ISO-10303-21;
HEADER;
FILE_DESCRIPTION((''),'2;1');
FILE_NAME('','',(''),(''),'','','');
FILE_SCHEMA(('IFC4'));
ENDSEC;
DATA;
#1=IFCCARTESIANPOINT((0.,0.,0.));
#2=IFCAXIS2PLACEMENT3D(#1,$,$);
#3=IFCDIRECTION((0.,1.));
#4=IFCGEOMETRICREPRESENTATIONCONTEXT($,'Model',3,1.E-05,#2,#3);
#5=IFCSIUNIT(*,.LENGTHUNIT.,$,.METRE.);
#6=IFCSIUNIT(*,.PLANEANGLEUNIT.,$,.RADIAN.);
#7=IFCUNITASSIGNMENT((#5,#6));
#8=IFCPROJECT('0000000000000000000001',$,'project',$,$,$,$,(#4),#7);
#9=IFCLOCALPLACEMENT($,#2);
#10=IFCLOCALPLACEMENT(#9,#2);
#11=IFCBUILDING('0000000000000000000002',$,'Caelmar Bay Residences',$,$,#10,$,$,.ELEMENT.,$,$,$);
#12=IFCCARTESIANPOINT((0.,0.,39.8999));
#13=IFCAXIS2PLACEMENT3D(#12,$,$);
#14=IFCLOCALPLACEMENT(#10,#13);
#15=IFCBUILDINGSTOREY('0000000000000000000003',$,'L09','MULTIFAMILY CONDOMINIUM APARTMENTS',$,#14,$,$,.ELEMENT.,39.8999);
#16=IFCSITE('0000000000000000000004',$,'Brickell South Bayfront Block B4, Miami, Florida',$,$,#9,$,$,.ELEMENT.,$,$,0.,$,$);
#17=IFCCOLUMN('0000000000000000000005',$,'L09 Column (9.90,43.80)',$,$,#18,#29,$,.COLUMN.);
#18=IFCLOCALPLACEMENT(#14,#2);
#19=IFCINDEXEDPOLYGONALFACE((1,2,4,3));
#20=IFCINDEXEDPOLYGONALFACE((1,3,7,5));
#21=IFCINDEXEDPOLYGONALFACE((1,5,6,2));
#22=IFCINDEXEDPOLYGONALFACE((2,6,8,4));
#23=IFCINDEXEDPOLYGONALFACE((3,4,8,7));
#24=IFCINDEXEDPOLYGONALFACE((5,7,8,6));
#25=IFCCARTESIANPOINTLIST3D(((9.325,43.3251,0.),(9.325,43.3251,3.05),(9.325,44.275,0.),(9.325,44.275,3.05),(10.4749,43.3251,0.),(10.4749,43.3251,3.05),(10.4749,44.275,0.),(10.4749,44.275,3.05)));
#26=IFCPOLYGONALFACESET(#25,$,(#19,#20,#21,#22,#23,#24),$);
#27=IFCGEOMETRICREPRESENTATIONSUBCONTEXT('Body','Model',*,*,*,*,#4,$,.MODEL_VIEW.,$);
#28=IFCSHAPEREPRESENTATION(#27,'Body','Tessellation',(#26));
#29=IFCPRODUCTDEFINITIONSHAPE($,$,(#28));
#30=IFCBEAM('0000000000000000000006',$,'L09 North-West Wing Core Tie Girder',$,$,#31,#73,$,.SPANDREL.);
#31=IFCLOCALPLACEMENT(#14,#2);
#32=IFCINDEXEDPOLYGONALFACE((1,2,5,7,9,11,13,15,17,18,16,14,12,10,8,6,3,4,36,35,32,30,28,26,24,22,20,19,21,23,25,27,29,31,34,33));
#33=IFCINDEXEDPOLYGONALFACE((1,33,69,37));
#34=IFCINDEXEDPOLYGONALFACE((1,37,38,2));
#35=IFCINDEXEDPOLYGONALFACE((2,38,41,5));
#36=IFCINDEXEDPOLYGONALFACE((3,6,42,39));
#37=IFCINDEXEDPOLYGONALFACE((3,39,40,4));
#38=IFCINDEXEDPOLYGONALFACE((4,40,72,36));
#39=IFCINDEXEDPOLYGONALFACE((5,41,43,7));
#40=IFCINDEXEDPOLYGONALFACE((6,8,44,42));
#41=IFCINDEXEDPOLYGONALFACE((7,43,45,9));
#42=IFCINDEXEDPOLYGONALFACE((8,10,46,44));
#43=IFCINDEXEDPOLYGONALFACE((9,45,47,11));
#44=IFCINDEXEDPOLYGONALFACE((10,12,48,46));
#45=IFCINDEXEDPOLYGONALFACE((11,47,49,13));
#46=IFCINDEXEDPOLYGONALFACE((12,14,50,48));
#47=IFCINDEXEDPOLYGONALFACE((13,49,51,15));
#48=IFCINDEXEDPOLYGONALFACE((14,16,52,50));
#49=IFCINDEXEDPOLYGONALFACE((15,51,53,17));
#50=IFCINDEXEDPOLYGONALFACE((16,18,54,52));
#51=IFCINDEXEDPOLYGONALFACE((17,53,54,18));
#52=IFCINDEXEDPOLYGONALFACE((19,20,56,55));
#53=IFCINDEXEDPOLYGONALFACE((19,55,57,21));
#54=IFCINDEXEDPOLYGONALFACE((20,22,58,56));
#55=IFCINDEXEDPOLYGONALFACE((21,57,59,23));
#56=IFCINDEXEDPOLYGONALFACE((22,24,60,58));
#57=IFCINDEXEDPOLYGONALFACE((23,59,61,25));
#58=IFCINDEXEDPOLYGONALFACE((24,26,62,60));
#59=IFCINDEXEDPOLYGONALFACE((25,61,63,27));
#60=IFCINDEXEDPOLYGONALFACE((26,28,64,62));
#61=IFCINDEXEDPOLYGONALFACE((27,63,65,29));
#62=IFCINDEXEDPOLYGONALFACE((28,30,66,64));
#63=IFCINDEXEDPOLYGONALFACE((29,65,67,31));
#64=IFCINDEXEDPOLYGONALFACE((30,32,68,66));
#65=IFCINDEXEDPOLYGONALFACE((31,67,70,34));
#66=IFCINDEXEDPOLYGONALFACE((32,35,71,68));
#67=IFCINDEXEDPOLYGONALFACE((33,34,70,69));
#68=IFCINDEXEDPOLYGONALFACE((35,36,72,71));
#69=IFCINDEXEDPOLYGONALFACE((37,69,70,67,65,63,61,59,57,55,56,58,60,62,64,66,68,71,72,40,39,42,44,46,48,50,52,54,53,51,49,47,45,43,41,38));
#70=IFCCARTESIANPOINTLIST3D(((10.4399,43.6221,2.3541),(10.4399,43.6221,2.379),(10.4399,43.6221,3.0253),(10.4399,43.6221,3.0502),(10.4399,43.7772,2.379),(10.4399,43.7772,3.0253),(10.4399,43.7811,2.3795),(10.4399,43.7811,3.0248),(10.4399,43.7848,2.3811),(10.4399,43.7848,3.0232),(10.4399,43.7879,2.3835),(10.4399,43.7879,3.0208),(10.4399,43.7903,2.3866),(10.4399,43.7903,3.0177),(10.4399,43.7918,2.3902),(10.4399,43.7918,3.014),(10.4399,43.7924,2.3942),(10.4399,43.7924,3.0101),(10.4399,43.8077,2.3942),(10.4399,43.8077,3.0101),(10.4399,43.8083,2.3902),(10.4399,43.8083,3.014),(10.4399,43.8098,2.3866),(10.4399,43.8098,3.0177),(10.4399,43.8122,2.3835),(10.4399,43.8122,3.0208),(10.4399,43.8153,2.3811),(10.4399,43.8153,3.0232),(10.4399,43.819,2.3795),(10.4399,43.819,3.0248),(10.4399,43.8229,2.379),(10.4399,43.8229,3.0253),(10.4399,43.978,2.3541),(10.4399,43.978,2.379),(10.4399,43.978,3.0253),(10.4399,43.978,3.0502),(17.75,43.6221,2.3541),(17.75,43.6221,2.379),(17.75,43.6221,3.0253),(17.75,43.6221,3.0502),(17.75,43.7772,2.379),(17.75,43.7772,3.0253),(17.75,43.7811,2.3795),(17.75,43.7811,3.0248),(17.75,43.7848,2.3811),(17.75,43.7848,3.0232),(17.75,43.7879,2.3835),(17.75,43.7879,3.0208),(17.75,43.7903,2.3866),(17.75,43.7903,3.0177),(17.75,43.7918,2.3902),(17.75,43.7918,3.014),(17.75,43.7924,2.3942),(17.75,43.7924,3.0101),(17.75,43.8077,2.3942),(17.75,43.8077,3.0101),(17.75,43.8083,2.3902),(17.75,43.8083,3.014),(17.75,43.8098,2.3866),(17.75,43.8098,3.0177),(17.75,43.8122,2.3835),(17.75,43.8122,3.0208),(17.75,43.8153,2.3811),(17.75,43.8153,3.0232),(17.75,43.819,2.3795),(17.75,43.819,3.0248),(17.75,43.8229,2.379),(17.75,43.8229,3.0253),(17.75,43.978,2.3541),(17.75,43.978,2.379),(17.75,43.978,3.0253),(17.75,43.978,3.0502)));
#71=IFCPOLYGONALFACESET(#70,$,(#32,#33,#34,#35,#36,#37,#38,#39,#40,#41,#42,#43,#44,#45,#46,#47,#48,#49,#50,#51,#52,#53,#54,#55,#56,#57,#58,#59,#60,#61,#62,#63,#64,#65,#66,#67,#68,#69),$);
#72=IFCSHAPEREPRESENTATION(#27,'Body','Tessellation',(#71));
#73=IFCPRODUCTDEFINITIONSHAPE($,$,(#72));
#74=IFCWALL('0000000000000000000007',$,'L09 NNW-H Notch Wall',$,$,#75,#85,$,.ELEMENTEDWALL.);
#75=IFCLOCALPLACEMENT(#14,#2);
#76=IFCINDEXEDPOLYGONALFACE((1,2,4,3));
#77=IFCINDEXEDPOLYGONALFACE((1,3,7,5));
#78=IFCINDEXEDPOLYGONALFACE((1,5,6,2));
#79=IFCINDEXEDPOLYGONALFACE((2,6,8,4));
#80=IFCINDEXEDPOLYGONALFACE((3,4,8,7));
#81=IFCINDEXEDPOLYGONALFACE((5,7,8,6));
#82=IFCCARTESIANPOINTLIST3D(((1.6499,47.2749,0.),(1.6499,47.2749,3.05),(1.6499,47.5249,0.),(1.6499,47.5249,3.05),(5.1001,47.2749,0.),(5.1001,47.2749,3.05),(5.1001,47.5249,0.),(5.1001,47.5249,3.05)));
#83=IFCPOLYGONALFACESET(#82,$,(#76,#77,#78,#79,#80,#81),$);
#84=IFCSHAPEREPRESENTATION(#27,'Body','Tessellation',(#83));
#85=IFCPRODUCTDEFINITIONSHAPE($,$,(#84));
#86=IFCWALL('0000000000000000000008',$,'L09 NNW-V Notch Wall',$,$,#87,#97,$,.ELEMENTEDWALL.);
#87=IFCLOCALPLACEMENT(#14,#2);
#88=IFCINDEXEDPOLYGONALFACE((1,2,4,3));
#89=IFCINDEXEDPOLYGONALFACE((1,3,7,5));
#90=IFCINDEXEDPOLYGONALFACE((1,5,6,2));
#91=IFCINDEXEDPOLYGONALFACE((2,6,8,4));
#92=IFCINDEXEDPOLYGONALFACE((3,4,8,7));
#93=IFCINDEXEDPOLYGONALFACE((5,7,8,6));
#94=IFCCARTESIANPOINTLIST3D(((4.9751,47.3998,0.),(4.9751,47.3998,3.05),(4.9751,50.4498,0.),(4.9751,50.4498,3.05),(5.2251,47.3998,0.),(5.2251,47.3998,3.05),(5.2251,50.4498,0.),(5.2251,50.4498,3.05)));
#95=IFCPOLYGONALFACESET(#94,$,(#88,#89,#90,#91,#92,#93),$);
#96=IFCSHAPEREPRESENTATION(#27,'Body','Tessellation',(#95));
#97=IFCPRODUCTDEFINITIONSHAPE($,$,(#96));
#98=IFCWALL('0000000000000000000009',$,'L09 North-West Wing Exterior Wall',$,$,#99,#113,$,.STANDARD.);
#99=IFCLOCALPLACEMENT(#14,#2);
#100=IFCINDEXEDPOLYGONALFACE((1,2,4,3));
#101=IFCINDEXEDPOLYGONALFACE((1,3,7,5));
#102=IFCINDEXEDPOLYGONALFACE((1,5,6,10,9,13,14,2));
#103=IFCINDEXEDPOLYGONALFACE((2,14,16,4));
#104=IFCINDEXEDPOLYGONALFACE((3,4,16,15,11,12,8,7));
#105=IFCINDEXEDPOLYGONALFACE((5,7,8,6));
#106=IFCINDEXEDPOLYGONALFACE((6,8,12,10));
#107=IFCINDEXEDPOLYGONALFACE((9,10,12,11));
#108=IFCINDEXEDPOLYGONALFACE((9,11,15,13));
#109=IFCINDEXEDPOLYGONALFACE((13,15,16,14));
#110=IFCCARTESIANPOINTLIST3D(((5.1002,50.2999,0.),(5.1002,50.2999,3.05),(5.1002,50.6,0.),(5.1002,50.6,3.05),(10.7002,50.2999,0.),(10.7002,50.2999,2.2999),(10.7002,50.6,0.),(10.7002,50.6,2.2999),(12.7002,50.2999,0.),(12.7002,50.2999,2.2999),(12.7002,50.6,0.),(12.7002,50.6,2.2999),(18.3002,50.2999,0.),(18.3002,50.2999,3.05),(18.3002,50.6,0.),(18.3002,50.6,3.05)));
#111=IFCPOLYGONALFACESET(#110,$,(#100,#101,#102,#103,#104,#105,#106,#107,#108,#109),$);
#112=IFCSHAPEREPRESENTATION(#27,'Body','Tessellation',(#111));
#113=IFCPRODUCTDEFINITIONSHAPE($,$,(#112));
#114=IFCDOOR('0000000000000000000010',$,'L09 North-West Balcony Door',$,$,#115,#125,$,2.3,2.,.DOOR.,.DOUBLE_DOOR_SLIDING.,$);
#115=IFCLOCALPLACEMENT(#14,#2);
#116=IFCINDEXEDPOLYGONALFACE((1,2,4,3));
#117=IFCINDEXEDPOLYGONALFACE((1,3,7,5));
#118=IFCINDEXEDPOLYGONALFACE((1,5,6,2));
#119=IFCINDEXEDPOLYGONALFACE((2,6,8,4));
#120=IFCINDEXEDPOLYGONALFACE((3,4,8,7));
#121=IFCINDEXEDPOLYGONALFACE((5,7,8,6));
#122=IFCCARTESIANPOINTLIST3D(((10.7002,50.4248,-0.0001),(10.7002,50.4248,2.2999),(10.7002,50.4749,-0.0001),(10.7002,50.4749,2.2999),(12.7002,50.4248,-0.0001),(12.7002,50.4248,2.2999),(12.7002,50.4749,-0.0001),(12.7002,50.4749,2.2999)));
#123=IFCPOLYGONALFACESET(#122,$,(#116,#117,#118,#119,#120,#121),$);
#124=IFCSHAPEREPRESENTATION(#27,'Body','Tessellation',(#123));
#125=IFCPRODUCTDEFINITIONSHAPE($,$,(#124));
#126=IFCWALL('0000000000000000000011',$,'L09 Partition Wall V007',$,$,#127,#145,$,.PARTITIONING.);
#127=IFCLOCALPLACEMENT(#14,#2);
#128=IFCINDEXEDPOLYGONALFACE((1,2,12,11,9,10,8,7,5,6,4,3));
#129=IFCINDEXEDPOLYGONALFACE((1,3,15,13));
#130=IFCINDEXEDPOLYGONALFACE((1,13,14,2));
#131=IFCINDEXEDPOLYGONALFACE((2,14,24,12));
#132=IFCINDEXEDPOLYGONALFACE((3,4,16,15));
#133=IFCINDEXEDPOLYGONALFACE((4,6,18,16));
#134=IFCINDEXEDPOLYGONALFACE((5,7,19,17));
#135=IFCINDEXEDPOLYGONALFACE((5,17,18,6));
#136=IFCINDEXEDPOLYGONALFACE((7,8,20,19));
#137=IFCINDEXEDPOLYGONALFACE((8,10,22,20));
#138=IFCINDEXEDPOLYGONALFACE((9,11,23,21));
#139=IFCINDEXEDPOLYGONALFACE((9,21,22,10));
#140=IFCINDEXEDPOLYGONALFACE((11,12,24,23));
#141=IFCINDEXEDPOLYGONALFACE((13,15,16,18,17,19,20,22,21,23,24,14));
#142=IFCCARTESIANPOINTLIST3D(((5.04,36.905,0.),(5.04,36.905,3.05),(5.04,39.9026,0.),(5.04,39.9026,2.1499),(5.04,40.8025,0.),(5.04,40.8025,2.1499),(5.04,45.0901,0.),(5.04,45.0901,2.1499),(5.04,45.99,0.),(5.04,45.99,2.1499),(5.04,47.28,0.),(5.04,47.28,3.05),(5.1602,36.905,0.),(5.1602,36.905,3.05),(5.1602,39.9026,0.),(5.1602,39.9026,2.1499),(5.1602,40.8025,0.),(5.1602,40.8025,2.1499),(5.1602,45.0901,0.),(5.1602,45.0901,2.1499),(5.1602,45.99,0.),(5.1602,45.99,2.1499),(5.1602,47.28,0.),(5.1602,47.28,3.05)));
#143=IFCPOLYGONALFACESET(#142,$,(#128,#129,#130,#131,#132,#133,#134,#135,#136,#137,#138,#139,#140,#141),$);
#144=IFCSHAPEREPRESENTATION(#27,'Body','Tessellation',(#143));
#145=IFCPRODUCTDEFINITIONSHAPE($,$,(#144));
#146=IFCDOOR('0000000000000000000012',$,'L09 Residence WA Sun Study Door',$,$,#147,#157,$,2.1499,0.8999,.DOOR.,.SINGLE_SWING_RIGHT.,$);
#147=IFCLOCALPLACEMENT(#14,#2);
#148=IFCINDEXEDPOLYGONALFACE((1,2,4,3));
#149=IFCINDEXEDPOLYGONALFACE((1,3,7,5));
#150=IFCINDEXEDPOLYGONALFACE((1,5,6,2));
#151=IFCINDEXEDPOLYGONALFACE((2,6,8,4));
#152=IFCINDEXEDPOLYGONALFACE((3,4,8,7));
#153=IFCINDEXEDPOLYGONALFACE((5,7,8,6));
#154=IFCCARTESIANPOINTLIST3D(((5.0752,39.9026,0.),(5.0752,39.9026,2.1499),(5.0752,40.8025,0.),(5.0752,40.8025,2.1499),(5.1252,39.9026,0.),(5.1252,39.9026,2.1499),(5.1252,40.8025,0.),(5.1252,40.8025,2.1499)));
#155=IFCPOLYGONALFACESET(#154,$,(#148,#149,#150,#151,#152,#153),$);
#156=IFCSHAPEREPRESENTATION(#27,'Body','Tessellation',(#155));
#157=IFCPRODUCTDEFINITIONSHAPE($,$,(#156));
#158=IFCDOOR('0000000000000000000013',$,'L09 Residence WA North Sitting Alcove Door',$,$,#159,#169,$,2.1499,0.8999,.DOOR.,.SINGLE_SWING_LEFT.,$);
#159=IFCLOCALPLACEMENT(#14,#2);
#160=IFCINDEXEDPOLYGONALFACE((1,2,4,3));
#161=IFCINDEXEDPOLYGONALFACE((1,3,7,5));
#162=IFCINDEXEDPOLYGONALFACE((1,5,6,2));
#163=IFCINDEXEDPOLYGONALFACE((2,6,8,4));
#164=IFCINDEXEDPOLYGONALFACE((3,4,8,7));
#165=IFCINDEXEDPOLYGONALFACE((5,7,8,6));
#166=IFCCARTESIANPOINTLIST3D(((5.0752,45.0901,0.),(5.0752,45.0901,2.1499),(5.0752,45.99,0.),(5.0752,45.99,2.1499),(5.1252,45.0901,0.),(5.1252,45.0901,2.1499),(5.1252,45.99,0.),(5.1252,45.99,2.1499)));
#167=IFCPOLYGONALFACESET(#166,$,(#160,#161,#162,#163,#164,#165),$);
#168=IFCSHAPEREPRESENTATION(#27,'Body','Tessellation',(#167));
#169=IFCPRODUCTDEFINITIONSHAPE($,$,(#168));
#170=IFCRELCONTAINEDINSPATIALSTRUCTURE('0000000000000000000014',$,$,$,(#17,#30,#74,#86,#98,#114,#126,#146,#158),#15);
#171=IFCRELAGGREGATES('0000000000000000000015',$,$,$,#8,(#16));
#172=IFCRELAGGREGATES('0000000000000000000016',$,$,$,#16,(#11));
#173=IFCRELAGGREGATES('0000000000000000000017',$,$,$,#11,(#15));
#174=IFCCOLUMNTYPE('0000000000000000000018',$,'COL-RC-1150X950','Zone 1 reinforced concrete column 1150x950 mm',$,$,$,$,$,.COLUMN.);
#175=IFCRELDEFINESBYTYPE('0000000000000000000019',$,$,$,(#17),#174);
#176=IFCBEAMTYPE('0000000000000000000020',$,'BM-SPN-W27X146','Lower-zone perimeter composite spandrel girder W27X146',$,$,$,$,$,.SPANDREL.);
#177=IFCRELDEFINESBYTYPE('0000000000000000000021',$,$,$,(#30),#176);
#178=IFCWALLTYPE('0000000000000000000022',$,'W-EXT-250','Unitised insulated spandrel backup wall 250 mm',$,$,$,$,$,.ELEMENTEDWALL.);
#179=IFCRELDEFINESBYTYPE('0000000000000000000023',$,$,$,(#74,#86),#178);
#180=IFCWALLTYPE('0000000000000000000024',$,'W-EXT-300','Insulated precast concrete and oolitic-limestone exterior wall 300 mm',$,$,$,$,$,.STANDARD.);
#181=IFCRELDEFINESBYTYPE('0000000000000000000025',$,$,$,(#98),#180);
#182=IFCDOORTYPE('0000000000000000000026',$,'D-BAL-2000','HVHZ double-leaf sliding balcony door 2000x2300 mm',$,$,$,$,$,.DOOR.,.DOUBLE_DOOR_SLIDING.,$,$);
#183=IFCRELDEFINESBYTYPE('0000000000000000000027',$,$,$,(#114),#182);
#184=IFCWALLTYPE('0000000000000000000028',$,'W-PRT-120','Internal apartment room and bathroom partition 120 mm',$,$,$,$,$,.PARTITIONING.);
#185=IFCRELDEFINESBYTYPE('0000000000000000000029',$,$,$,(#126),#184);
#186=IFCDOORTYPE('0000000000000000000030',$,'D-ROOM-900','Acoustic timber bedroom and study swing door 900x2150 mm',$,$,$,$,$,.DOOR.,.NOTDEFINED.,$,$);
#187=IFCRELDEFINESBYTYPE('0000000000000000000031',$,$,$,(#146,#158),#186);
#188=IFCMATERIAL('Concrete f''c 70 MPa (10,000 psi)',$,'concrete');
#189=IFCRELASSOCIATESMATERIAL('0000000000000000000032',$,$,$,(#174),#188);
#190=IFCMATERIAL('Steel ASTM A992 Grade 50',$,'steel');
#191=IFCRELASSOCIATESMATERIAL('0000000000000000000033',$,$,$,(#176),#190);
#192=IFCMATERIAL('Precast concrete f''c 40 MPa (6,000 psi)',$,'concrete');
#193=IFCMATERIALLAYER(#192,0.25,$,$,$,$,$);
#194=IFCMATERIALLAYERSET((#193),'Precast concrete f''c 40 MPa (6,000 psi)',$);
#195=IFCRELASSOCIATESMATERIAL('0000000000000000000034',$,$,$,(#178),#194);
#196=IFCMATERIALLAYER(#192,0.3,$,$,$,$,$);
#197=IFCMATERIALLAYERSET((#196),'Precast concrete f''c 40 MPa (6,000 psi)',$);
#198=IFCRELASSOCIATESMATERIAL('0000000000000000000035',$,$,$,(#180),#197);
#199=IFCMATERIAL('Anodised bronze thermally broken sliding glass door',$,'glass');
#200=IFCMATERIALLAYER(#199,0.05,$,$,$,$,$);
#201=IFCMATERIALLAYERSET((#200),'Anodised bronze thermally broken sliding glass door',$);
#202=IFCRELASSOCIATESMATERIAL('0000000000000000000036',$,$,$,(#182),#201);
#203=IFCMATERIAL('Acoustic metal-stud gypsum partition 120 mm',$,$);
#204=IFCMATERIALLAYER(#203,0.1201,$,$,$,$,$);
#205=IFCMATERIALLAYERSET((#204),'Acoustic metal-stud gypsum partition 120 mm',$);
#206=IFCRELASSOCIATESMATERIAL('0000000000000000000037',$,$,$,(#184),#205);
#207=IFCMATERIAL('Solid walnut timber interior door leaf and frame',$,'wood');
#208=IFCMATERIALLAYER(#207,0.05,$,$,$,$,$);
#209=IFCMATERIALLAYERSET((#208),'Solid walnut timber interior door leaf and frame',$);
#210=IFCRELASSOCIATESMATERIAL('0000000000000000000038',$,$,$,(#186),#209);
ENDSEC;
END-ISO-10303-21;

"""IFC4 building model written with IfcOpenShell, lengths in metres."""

from ifc_helpers import new_model, si_unit, direction, frame, frame_2d, origin, origin_2d, place, context, subcontext, project, spatial, rectangle, i_section, extrude, material, layer, layer_set, material_profile, profile_set, type_object, element, fill, save


model = new_model("IFC4")

# Units and contexts
model_context = context("Model", 3, precision=1e-05, world=origin(), true_north=direction((0.0, 1.0)))
body_context = subcontext(model_context, "Body", "Model", "MODEL_VIEW")
ifc_project = project(units=[si_unit("LENGTHUNIT", "METRE"), si_unit("PLANEANGLEUNIT", "RADIAN")], contexts=[model_context])

# Site, building, storey
site_placement = place(None, origin())
site = spatial("IfcSite", under=ifc_project, at=site_placement, Name="Brickell South Bayfront Block B4, Miami, Florida", CompositionType="ELEMENT", RefElevation=0.0)
building_placement = place(site_placement, origin())
building = spatial("IfcBuilding", under=site, at=building_placement, Name="Caelmar Bay Residences", CompositionType="ELEMENT")
storey_placement = place(building_placement, frame((0.0, 0.0, 39.8999)))
storey = spatial("IfcBuildingStorey", under=building, at=storey_placement, Name="L09", Description="MULTIFAMILY CONDOMINIUM APARTMENTS", CompositionType="ELEMENT", Elevation=39.8999)

# Column
ifc_material_1 = material(Name="Concrete f'c 70 MPa (10,000 psi)", Category="concrete")
ifc_material_profile_1 = material_profile(ifc_material_1, rectangle(XDim=1.1499, YDim=0.95, at=origin_2d()), Name="RC-COL-1150X950")
ifc_profile_set_1 = profile_set([ifc_material_profile_1], Name="Concrete f'c 70 MPa (10,000 psi)")
column_type = type_object("IfcColumnType", Name="COL-RC-1150X950", Description="Zone 1 reinforced concrete column 1150x950 mm", PredefinedType="COLUMN", material=ifc_profile_set_1)
column_placement = place(storey_placement, frame((9.8999, 43.8, 0.0), z_axis=(0.0, 0.0, 1.0), x_axis=(1.0, 0.0, 0.0)))
element("IfcColumn", 1, at=column_placement, inside=storey, type_object=column_type, Name="L09 Column (9.90,43.80)", PredefinedType="COLUMN", context=body_context, shape_type="SweptSolid", body=[
    extrude(rectangle(XDim=1.1499, YDim=0.95, at=origin_2d()), origin(), (0.0, 0.0, 1.0), 3.05),
])

# Beam
ifc_material_2 = material(Name="Steel ASTM A992 Grade 50", Category="steel")
ifc_material_profile_2 = material_profile(ifc_material_2, i_section(OverallWidth=0.356, OverallDepth=0.696, WebThickness=0.0154, FlangeThickness=0.0249, FilletRadius=0.0151, at=origin_2d()), Name="W27X146")
ifc_profile_set_2 = profile_set([ifc_material_profile_2], Name="Steel ASTM A992 Grade 50")
beam_type = type_object("IfcBeamType", Name="BM-SPN-W27X146", Description="Lower-zone perimeter composite spandrel girder W27X146", PredefinedType="SPANDREL", material=ifc_profile_set_2)
beam_placement = place(storey_placement, frame((10.4399, 43.8, 2.7021), z_axis=(1.0, 0.0, 0.0), x_axis=(0.0, 1.0, 0.0)))
element("IfcBeam", 2, at=beam_placement, inside=storey, type_object=beam_type, Name="L09 North-West Wing Core Tie Girder", PredefinedType="SPANDREL", context=body_context, shape_type="SweptSolid", body=[
    extrude(i_section(OverallWidth=0.356, OverallDepth=0.696, WebThickness=0.0154, FlangeThickness=0.0249, FilletRadius=0.0151, at=origin_2d()), origin(), (0.0, 0.0, 1.0), 7.3101),
])

# Walls
ifc_material_3 = material(Name="Precast concrete f'c 40 MPa (6,000 psi)", Category="concrete")
ifc_layer_1 = layer(ifc_material_3, 0.25)
ifc_layer_set_1 = layer_set([ifc_layer_1], Name="Precast concrete f'c 40 MPa (6,000 psi)")
wall_type_1 = type_object("IfcWallType", Name="W-EXT-250", Description="Unitised insulated spandrel backup wall 250 mm", PredefinedType="ELEMENTEDWALL", material=ifc_layer_set_1)
wall_1_placement = place(storey_placement, frame((1.6499, 47.3999, 0.0), z_axis=(0.0, 0.0, 1.0), x_axis=(1.0, 0.0, 0.0)))
element("IfcWall", 3, at=wall_1_placement, inside=storey, type_object=wall_type_1, Name="L09 NNW-H Notch Wall", PredefinedType="ELEMENTEDWALL", context=body_context, shape_type="SweptSolid", body=[
    extrude(rectangle(XDim=3.4502, YDim=0.25, at=frame_2d((1.7251, 0.0))), origin(), (0.0, 0.0, 1.0), 3.05),
])
wall_2_placement = place(storey_placement, frame((5.1001, 47.3999, 0.0), z_axis=(0.0, 0.0, 1.0), x_axis=(0.0, 1.0, 0.0)))
element("IfcWall", 4, at=wall_2_placement, inside=storey, type_object=wall_type_1, Name="L09 NNW-V Notch Wall", PredefinedType="ELEMENTEDWALL", context=body_context, shape_type="SweptSolid", body=[
    extrude(rectangle(XDim=3.05, YDim=0.25, at=frame_2d((1.5249, 0.0))), origin(), (0.0, 0.0, 1.0), 3.05),
])

# Wall, opening, door
ifc_layer_2 = layer(ifc_material_3, 0.3)
ifc_layer_set_2 = layer_set([ifc_layer_2], Name="Precast concrete f'c 40 MPa (6,000 psi)")
wall_type_2 = type_object("IfcWallType", Name="W-EXT-300", Description="Insulated precast concrete and oolitic-limestone exterior wall 300 mm", PredefinedType="STANDARD", material=ifc_layer_set_2)
wall_3_placement = place(storey_placement, frame((5.1001, 50.45, 0.0), z_axis=(0.0, 0.0, 1.0), x_axis=(1.0, 0.0, 0.0)))
wall_3 = element("IfcWall", 5, at=wall_3_placement, inside=storey, type_object=wall_type_2, Name="L09 North-West Wing Exterior Wall", PredefinedType="STANDARD", context=body_context, shape_type="SweptSolid", body=[
    extrude(rectangle(XDim=13.2, YDim=0.3, at=frame_2d((6.6001, 0.0))), origin(), (0.0, 0.0, 1.0), 3.05),
])
opening_1_placement = place(wall_3_placement, frame((5.6001, 0.0, 0.0)))
opening_1 = element("IfcOpeningElement", 6, at=opening_1_placement, cuts=wall_3, PredefinedType="OPENING", context=body_context, shape_type="SweptSolid", body=[
    extrude(rectangle(XDim=2.0, YDim=2.3, at=frame_2d((1.0, 1.1499))), frame((0.0, 0.1599, 0.0), z_axis=(0.0, -1.0, 0.0), x_axis=(1.0, 0.0, 0.0)), (0.0, 0.0, 1.0), 0.3201),
])
ifc_material_4 = material(Name="Anodised bronze thermally broken sliding glass door", Category="glass")
ifc_layer_3 = layer(ifc_material_4, 0.05)
ifc_layer_set_3 = layer_set([ifc_layer_3], Name="Anodised bronze thermally broken sliding glass door")
door_type_1 = type_object("IfcDoorType", Name="D-BAL-2000", Description="HVHZ double-leaf sliding balcony door 2000x2300 mm", OperationType="DOUBLE_DOOR_SLIDING", PredefinedType="DOOR", material=ifc_layer_set_3)
door_1_placement = place(opening_1_placement, origin())
door_1 = element("IfcDoor", 7, at=door_1_placement, inside=storey, type_object=door_type_1, Name="L09 North-West Balcony Door", OperationType="DOUBLE_DOOR_SLIDING", OverallHeight=2.3, OverallWidth=2.0, PredefinedType="DOOR", context=body_context, shape_type="SweptSolid", body=[
    extrude(rectangle(XDim=2.0, YDim=2.3, at=frame_2d((1.0, 1.1499))), frame((0.0, 0.0249, 0.0), z_axis=(0.0, -1.0, 0.0), x_axis=(1.0, 0.0, 0.0)), (0.0, 0.0, 1.0), 0.05),
])
fill(opening_1, door_1)

# Wall, openings, doors
ifc_material_5 = material(Name="Acoustic metal-stud gypsum partition 120 mm")
ifc_layer_4 = layer(ifc_material_5, 0.1201)
ifc_layer_set_4 = layer_set([ifc_layer_4], Name="Acoustic metal-stud gypsum partition 120 mm")
wall_type_3 = type_object("IfcWallType", Name="W-PRT-120", Description="Internal apartment room and bathroom partition 120 mm", PredefinedType="PARTITIONING", material=ifc_layer_set_4)
wall_4_placement = place(storey_placement, frame((5.1001, 36.905, 0.0), z_axis=(0.0, 0.0, 1.0), x_axis=(0.0, 1.0, 0.0)))
wall_4 = element("IfcWall", 8, at=wall_4_placement, inside=storey, type_object=wall_type_3, Name="L09 Partition Wall V007", PredefinedType="PARTITIONING", context=body_context, shape_type="SweptSolid", body=[
    extrude(rectangle(XDim=10.375, YDim=0.1201, at=frame_2d((5.1875, 0.0))), origin(), (0.0, 0.0, 1.0), 3.05),
])
opening_2_placement = place(wall_4_placement, frame((2.9976, 0.0, 0.0)))
opening_2 = element("IfcOpeningElement", 9, at=opening_2_placement, cuts=wall_4, PredefinedType="OPENING", context=body_context, shape_type="SweptSolid", body=[
    extrude(rectangle(XDim=0.8999, YDim=2.1499, at=frame_2d((0.45, 1.075))), frame((0.0, 0.0701, 0.0), z_axis=(0.0, -1.0, 0.0), x_axis=(1.0, 0.0, 0.0)), (0.0, 0.0, 1.0), 0.1401),
])
opening_3_placement = place(wall_4_placement, frame((8.1851, 0.0, 0.0)))
opening_3 = element("IfcOpeningElement", 10, at=opening_3_placement, cuts=wall_4, PredefinedType="OPENING", context=body_context, shape_type="SweptSolid", body=[
    extrude(rectangle(XDim=0.8999, YDim=2.1499, at=frame_2d((0.45, 1.075))), frame((0.0, 0.0701, 0.0), z_axis=(0.0, -1.0, 0.0), x_axis=(1.0, 0.0, 0.0)), (0.0, 0.0, 1.0), 0.1401),
])
ifc_material_6 = material(Name="Solid walnut timber interior door leaf and frame", Category="wood")
ifc_layer_5 = layer(ifc_material_6, 0.05)
ifc_layer_set_5 = layer_set([ifc_layer_5], Name="Solid walnut timber interior door leaf and frame")
door_type_2 = type_object("IfcDoorType", Name="D-ROOM-900", Description="Acoustic timber bedroom and study swing door 900x2150 mm", OperationType="NOTDEFINED", PredefinedType="DOOR", material=ifc_layer_set_5)
door_2_placement = place(opening_2_placement, origin())
door_2 = element("IfcDoor", 11, at=door_2_placement, inside=storey, type_object=door_type_2, Name="L09 Residence WA Sun Study Door", OperationType="SINGLE_SWING_RIGHT", OverallHeight=2.1499, OverallWidth=0.8999, PredefinedType="DOOR", context=body_context, shape_type="SweptSolid", body=[
    extrude(rectangle(XDim=0.8999, YDim=2.1499, at=frame_2d((0.45, 1.075))), frame((0.0, 0.0249, 0.0), z_axis=(0.0, -1.0, 0.0), x_axis=(1.0, 0.0, 0.0)), (0.0, 0.0, 1.0), 0.05),
])
fill(opening_2, door_2)
door_3_placement = place(opening_3_placement, origin())
door_3 = element("IfcDoor", 12, at=door_3_placement, inside=storey, type_object=door_type_2, Name="L09 Residence WA North Sitting Alcove Door", OperationType="SINGLE_SWING_LEFT", OverallHeight=2.1499, OverallWidth=0.8999, PredefinedType="DOOR", context=body_context, shape_type="SweptSolid", body=[
    extrude(rectangle(XDim=0.8999, YDim=2.1499, at=frame_2d((0.45, 1.075))), frame((0.0, 0.0249, 0.0), z_axis=(0.0, -1.0, 0.0), x_axis=(1.0, 0.0, 0.0)), (0.0, 0.0, 1.0), 0.05),
])
fill(opening_3, door_3)

save(model, "model.ifc")
